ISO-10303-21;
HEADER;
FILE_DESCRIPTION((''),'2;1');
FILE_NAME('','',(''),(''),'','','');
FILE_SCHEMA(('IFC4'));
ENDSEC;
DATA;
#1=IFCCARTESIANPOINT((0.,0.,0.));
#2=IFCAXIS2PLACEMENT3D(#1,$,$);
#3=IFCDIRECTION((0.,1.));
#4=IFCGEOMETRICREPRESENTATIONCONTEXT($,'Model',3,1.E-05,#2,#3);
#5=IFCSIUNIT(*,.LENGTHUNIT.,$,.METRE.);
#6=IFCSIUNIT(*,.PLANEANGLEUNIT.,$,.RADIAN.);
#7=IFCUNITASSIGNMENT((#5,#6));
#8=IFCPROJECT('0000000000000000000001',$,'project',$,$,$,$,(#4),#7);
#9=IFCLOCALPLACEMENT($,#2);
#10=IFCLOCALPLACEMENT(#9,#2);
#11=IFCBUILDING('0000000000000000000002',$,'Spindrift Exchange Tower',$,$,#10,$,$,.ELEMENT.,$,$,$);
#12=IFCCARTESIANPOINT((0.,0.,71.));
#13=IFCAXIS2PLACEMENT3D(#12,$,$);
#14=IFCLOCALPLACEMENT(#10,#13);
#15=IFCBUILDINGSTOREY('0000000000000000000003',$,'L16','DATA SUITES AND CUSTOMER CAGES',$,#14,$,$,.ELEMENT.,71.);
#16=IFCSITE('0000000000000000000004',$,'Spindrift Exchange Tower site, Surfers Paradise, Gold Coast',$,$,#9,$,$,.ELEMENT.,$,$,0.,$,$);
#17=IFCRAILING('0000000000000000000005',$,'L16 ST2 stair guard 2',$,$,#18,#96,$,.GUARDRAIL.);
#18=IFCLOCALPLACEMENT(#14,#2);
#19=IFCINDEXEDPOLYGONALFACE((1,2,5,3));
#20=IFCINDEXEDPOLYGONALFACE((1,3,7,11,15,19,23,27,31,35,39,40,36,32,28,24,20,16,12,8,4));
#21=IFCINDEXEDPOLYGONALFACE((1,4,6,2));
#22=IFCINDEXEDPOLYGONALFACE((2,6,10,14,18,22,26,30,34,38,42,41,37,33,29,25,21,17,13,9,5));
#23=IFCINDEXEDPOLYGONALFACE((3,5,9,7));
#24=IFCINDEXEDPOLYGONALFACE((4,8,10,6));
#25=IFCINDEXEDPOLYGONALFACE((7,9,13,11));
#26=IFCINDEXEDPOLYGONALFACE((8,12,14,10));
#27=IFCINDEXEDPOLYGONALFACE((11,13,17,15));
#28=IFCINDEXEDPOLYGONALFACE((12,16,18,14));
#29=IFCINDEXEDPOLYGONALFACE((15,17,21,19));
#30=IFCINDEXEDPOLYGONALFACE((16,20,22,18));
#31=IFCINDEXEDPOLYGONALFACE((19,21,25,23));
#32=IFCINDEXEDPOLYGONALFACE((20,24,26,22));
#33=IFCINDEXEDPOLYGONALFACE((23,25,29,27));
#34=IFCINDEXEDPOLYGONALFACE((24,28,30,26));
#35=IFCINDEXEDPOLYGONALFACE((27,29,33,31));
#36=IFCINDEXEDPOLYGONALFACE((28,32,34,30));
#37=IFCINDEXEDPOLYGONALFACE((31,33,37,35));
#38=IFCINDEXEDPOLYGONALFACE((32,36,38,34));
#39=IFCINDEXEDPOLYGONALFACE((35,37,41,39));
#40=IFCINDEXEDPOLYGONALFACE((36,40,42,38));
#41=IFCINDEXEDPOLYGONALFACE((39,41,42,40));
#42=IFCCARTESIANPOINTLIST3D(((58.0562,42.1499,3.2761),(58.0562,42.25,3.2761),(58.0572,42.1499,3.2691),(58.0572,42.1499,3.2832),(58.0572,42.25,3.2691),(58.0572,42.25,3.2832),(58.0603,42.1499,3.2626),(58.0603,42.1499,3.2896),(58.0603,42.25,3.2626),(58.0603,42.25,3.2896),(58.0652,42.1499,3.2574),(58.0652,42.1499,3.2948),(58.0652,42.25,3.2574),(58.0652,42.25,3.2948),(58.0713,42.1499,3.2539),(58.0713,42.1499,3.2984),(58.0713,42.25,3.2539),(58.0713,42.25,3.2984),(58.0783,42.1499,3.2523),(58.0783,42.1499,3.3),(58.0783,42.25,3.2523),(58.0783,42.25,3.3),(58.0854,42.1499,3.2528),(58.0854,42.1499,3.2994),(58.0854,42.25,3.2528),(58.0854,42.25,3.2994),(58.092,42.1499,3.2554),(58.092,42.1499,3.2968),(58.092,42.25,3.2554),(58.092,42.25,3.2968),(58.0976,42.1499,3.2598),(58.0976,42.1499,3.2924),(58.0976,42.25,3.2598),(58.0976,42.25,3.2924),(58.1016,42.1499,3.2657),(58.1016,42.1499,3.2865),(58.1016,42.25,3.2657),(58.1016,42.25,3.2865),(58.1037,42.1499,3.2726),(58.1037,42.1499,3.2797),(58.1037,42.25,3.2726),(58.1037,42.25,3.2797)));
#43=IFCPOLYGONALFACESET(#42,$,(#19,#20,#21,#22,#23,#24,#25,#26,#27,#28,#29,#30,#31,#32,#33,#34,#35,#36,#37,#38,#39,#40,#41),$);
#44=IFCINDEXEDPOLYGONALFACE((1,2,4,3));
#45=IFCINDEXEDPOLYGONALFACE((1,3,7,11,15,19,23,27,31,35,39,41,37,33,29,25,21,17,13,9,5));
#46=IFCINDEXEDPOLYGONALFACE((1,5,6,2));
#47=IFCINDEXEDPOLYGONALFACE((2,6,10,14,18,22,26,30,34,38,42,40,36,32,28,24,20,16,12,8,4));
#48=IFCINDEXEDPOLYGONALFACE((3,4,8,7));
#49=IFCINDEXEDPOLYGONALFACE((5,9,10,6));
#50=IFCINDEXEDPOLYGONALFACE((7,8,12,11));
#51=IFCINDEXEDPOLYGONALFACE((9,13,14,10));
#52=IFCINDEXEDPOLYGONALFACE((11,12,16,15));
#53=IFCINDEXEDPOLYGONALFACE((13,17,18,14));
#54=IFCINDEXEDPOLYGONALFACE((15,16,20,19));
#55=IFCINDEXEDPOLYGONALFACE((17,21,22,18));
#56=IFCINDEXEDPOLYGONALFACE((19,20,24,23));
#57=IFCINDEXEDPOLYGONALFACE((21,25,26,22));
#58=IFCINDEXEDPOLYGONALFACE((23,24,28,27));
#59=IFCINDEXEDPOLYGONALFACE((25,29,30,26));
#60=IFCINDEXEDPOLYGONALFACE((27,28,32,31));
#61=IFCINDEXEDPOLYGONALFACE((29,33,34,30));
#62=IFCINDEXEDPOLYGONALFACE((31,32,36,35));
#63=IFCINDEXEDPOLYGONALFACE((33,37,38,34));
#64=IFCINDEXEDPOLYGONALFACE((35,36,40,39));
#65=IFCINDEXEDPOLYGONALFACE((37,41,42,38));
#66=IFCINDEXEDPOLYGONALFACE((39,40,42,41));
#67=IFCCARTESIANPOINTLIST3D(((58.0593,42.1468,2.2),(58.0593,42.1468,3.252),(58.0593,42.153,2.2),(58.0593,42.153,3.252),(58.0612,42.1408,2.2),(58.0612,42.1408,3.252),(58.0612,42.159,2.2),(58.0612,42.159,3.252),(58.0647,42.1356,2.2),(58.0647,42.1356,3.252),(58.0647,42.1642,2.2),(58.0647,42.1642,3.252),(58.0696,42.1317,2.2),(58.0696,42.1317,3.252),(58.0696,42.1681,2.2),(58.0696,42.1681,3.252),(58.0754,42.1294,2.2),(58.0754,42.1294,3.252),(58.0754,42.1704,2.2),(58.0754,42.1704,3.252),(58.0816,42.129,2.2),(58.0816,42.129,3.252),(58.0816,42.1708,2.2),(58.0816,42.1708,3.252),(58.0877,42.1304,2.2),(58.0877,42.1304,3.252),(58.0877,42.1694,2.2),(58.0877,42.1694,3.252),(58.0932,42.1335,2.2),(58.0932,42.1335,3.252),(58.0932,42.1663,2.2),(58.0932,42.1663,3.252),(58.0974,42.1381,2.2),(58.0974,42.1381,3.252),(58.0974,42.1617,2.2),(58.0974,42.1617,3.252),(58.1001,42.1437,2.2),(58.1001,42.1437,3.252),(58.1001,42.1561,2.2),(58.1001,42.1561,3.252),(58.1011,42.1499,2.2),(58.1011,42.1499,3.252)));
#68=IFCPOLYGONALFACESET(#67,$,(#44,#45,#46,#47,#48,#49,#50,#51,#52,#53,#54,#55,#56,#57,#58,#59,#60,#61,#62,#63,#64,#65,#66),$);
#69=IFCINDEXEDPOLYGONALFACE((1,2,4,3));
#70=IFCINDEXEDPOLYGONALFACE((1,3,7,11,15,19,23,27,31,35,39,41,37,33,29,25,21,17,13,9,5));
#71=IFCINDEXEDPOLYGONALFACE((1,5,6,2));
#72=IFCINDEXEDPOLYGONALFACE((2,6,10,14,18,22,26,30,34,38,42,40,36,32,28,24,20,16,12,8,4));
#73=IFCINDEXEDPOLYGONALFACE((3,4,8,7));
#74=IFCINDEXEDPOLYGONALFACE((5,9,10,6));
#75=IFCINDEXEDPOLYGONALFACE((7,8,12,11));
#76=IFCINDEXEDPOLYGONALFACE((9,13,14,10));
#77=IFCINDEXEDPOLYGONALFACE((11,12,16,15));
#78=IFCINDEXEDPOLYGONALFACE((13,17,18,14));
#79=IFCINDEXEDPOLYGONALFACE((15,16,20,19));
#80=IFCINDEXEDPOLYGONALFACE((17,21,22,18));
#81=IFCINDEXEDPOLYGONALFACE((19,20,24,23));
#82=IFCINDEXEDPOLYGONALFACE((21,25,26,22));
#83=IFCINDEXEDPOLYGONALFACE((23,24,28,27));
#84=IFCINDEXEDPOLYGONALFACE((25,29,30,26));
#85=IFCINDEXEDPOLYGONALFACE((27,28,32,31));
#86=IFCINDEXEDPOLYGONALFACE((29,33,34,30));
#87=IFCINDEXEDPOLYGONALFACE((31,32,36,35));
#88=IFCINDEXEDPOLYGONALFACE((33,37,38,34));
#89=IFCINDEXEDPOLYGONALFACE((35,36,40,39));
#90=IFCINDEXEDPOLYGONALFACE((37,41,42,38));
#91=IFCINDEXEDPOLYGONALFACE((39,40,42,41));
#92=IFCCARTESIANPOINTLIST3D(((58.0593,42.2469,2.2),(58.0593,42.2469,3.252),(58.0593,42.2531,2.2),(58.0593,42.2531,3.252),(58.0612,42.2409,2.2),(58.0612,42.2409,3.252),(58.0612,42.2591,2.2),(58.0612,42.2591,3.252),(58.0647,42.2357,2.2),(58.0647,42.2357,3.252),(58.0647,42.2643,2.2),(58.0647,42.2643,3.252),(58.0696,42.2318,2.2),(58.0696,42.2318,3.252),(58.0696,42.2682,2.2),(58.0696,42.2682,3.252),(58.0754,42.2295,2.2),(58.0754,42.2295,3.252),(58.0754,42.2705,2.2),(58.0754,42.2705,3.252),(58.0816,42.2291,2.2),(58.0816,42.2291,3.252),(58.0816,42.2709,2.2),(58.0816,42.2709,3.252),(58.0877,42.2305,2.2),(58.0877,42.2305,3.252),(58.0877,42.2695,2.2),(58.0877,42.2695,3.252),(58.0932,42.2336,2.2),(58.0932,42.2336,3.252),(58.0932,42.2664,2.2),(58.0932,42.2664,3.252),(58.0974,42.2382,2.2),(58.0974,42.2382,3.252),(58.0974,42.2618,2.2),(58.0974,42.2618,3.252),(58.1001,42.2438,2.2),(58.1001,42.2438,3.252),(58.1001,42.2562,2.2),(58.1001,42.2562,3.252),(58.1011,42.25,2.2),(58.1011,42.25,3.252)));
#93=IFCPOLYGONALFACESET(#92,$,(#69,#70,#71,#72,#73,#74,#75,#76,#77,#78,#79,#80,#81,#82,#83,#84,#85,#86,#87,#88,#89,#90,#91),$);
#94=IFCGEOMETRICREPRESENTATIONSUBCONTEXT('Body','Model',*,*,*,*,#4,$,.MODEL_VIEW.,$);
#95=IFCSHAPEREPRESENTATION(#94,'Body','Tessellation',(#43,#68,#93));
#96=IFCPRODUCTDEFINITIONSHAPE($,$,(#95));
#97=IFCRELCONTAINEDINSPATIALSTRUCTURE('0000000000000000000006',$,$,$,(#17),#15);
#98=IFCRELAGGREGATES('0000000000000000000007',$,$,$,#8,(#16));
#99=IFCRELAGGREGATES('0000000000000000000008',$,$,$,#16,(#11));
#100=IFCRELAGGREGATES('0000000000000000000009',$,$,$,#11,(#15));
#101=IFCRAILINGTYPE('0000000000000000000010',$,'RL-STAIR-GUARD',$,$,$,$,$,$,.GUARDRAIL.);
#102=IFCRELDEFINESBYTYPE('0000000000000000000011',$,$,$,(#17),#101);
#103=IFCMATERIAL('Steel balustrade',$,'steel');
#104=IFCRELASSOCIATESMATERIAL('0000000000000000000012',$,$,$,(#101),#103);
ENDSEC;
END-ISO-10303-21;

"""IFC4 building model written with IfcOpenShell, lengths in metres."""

from ifc_helpers import new_model, si_unit, direction, frame, origin, origin_2d, place, context, subcontext, project, spatial, circle, extrude, material, type_object, element, save


model = new_model("IFC4")

# Units and contexts
model_context = context("Model", 3, precision=1e-05, world=origin(), true_north=direction((0.0, 1.0)))
body_context = subcontext(model_context, "Body", "Model", "MODEL_VIEW")
ifc_project = project(units=[si_unit("LENGTHUNIT", "METRE"), si_unit("PLANEANGLEUNIT", "RADIAN")], contexts=[model_context])

# Site, building, storey
site_placement = place(None, origin())
site = spatial("IfcSite", under=ifc_project, at=site_placement, Name="Spindrift Exchange Tower site, Surfers Paradise, Gold Coast", CompositionType="ELEMENT", RefElevation=0.0)
building_placement = place(site_placement, origin())
building = spatial("IfcBuilding", under=site, at=building_placement, Name="Spindrift Exchange Tower", CompositionType="ELEMENT")
storey_placement = place(building_placement, frame((0.0, 0.0, 71.0)))
storey = spatial("IfcBuildingStorey", under=building, at=storey_placement, Name="L16", Description="DATA SUITES AND CUSTOMER CAGES", CompositionType="ELEMENT", Elevation=71.0)

# Railing
ifc_material_1 = material(Name="Steel balustrade", Category="steel")
railing_type_1 = type_object("IfcRailingType", Name="RL-STAIR-GUARD", PredefinedType="GUARDRAIL", material=ifc_material_1)
railing_1_placement = place(storey_placement, frame((58.0801, 42.1499, 2.2)))
element("IfcRailing", 1, at=railing_1_placement, inside=storey, type_object=railing_type_1, Name="L16 ST2 stair guard 2", PredefinedType="GUARDRAIL", context=body_context, shape_type="SweptSolid", body=[
    extrude(circle(Radius=0.0239, at=origin_2d()), frame((0.0, 0.0, 1.0762), z_axis=(0.0, 1.0, 0.0), x_axis=(-1.0, 0.0, 0.0)), (0.0, 0.0, 1.0), 0.1001),
    extrude(circle(Radius=0.021, at=origin_2d()), origin(), (0.0, 0.0, 1.0), 1.052),
    extrude(circle(Radius=0.021, at=origin_2d()), frame((0.0, 0.1001, 0.0)), (0.0, 0.0, 1.0), 1.052),
])

save(model, "model.ifc")
